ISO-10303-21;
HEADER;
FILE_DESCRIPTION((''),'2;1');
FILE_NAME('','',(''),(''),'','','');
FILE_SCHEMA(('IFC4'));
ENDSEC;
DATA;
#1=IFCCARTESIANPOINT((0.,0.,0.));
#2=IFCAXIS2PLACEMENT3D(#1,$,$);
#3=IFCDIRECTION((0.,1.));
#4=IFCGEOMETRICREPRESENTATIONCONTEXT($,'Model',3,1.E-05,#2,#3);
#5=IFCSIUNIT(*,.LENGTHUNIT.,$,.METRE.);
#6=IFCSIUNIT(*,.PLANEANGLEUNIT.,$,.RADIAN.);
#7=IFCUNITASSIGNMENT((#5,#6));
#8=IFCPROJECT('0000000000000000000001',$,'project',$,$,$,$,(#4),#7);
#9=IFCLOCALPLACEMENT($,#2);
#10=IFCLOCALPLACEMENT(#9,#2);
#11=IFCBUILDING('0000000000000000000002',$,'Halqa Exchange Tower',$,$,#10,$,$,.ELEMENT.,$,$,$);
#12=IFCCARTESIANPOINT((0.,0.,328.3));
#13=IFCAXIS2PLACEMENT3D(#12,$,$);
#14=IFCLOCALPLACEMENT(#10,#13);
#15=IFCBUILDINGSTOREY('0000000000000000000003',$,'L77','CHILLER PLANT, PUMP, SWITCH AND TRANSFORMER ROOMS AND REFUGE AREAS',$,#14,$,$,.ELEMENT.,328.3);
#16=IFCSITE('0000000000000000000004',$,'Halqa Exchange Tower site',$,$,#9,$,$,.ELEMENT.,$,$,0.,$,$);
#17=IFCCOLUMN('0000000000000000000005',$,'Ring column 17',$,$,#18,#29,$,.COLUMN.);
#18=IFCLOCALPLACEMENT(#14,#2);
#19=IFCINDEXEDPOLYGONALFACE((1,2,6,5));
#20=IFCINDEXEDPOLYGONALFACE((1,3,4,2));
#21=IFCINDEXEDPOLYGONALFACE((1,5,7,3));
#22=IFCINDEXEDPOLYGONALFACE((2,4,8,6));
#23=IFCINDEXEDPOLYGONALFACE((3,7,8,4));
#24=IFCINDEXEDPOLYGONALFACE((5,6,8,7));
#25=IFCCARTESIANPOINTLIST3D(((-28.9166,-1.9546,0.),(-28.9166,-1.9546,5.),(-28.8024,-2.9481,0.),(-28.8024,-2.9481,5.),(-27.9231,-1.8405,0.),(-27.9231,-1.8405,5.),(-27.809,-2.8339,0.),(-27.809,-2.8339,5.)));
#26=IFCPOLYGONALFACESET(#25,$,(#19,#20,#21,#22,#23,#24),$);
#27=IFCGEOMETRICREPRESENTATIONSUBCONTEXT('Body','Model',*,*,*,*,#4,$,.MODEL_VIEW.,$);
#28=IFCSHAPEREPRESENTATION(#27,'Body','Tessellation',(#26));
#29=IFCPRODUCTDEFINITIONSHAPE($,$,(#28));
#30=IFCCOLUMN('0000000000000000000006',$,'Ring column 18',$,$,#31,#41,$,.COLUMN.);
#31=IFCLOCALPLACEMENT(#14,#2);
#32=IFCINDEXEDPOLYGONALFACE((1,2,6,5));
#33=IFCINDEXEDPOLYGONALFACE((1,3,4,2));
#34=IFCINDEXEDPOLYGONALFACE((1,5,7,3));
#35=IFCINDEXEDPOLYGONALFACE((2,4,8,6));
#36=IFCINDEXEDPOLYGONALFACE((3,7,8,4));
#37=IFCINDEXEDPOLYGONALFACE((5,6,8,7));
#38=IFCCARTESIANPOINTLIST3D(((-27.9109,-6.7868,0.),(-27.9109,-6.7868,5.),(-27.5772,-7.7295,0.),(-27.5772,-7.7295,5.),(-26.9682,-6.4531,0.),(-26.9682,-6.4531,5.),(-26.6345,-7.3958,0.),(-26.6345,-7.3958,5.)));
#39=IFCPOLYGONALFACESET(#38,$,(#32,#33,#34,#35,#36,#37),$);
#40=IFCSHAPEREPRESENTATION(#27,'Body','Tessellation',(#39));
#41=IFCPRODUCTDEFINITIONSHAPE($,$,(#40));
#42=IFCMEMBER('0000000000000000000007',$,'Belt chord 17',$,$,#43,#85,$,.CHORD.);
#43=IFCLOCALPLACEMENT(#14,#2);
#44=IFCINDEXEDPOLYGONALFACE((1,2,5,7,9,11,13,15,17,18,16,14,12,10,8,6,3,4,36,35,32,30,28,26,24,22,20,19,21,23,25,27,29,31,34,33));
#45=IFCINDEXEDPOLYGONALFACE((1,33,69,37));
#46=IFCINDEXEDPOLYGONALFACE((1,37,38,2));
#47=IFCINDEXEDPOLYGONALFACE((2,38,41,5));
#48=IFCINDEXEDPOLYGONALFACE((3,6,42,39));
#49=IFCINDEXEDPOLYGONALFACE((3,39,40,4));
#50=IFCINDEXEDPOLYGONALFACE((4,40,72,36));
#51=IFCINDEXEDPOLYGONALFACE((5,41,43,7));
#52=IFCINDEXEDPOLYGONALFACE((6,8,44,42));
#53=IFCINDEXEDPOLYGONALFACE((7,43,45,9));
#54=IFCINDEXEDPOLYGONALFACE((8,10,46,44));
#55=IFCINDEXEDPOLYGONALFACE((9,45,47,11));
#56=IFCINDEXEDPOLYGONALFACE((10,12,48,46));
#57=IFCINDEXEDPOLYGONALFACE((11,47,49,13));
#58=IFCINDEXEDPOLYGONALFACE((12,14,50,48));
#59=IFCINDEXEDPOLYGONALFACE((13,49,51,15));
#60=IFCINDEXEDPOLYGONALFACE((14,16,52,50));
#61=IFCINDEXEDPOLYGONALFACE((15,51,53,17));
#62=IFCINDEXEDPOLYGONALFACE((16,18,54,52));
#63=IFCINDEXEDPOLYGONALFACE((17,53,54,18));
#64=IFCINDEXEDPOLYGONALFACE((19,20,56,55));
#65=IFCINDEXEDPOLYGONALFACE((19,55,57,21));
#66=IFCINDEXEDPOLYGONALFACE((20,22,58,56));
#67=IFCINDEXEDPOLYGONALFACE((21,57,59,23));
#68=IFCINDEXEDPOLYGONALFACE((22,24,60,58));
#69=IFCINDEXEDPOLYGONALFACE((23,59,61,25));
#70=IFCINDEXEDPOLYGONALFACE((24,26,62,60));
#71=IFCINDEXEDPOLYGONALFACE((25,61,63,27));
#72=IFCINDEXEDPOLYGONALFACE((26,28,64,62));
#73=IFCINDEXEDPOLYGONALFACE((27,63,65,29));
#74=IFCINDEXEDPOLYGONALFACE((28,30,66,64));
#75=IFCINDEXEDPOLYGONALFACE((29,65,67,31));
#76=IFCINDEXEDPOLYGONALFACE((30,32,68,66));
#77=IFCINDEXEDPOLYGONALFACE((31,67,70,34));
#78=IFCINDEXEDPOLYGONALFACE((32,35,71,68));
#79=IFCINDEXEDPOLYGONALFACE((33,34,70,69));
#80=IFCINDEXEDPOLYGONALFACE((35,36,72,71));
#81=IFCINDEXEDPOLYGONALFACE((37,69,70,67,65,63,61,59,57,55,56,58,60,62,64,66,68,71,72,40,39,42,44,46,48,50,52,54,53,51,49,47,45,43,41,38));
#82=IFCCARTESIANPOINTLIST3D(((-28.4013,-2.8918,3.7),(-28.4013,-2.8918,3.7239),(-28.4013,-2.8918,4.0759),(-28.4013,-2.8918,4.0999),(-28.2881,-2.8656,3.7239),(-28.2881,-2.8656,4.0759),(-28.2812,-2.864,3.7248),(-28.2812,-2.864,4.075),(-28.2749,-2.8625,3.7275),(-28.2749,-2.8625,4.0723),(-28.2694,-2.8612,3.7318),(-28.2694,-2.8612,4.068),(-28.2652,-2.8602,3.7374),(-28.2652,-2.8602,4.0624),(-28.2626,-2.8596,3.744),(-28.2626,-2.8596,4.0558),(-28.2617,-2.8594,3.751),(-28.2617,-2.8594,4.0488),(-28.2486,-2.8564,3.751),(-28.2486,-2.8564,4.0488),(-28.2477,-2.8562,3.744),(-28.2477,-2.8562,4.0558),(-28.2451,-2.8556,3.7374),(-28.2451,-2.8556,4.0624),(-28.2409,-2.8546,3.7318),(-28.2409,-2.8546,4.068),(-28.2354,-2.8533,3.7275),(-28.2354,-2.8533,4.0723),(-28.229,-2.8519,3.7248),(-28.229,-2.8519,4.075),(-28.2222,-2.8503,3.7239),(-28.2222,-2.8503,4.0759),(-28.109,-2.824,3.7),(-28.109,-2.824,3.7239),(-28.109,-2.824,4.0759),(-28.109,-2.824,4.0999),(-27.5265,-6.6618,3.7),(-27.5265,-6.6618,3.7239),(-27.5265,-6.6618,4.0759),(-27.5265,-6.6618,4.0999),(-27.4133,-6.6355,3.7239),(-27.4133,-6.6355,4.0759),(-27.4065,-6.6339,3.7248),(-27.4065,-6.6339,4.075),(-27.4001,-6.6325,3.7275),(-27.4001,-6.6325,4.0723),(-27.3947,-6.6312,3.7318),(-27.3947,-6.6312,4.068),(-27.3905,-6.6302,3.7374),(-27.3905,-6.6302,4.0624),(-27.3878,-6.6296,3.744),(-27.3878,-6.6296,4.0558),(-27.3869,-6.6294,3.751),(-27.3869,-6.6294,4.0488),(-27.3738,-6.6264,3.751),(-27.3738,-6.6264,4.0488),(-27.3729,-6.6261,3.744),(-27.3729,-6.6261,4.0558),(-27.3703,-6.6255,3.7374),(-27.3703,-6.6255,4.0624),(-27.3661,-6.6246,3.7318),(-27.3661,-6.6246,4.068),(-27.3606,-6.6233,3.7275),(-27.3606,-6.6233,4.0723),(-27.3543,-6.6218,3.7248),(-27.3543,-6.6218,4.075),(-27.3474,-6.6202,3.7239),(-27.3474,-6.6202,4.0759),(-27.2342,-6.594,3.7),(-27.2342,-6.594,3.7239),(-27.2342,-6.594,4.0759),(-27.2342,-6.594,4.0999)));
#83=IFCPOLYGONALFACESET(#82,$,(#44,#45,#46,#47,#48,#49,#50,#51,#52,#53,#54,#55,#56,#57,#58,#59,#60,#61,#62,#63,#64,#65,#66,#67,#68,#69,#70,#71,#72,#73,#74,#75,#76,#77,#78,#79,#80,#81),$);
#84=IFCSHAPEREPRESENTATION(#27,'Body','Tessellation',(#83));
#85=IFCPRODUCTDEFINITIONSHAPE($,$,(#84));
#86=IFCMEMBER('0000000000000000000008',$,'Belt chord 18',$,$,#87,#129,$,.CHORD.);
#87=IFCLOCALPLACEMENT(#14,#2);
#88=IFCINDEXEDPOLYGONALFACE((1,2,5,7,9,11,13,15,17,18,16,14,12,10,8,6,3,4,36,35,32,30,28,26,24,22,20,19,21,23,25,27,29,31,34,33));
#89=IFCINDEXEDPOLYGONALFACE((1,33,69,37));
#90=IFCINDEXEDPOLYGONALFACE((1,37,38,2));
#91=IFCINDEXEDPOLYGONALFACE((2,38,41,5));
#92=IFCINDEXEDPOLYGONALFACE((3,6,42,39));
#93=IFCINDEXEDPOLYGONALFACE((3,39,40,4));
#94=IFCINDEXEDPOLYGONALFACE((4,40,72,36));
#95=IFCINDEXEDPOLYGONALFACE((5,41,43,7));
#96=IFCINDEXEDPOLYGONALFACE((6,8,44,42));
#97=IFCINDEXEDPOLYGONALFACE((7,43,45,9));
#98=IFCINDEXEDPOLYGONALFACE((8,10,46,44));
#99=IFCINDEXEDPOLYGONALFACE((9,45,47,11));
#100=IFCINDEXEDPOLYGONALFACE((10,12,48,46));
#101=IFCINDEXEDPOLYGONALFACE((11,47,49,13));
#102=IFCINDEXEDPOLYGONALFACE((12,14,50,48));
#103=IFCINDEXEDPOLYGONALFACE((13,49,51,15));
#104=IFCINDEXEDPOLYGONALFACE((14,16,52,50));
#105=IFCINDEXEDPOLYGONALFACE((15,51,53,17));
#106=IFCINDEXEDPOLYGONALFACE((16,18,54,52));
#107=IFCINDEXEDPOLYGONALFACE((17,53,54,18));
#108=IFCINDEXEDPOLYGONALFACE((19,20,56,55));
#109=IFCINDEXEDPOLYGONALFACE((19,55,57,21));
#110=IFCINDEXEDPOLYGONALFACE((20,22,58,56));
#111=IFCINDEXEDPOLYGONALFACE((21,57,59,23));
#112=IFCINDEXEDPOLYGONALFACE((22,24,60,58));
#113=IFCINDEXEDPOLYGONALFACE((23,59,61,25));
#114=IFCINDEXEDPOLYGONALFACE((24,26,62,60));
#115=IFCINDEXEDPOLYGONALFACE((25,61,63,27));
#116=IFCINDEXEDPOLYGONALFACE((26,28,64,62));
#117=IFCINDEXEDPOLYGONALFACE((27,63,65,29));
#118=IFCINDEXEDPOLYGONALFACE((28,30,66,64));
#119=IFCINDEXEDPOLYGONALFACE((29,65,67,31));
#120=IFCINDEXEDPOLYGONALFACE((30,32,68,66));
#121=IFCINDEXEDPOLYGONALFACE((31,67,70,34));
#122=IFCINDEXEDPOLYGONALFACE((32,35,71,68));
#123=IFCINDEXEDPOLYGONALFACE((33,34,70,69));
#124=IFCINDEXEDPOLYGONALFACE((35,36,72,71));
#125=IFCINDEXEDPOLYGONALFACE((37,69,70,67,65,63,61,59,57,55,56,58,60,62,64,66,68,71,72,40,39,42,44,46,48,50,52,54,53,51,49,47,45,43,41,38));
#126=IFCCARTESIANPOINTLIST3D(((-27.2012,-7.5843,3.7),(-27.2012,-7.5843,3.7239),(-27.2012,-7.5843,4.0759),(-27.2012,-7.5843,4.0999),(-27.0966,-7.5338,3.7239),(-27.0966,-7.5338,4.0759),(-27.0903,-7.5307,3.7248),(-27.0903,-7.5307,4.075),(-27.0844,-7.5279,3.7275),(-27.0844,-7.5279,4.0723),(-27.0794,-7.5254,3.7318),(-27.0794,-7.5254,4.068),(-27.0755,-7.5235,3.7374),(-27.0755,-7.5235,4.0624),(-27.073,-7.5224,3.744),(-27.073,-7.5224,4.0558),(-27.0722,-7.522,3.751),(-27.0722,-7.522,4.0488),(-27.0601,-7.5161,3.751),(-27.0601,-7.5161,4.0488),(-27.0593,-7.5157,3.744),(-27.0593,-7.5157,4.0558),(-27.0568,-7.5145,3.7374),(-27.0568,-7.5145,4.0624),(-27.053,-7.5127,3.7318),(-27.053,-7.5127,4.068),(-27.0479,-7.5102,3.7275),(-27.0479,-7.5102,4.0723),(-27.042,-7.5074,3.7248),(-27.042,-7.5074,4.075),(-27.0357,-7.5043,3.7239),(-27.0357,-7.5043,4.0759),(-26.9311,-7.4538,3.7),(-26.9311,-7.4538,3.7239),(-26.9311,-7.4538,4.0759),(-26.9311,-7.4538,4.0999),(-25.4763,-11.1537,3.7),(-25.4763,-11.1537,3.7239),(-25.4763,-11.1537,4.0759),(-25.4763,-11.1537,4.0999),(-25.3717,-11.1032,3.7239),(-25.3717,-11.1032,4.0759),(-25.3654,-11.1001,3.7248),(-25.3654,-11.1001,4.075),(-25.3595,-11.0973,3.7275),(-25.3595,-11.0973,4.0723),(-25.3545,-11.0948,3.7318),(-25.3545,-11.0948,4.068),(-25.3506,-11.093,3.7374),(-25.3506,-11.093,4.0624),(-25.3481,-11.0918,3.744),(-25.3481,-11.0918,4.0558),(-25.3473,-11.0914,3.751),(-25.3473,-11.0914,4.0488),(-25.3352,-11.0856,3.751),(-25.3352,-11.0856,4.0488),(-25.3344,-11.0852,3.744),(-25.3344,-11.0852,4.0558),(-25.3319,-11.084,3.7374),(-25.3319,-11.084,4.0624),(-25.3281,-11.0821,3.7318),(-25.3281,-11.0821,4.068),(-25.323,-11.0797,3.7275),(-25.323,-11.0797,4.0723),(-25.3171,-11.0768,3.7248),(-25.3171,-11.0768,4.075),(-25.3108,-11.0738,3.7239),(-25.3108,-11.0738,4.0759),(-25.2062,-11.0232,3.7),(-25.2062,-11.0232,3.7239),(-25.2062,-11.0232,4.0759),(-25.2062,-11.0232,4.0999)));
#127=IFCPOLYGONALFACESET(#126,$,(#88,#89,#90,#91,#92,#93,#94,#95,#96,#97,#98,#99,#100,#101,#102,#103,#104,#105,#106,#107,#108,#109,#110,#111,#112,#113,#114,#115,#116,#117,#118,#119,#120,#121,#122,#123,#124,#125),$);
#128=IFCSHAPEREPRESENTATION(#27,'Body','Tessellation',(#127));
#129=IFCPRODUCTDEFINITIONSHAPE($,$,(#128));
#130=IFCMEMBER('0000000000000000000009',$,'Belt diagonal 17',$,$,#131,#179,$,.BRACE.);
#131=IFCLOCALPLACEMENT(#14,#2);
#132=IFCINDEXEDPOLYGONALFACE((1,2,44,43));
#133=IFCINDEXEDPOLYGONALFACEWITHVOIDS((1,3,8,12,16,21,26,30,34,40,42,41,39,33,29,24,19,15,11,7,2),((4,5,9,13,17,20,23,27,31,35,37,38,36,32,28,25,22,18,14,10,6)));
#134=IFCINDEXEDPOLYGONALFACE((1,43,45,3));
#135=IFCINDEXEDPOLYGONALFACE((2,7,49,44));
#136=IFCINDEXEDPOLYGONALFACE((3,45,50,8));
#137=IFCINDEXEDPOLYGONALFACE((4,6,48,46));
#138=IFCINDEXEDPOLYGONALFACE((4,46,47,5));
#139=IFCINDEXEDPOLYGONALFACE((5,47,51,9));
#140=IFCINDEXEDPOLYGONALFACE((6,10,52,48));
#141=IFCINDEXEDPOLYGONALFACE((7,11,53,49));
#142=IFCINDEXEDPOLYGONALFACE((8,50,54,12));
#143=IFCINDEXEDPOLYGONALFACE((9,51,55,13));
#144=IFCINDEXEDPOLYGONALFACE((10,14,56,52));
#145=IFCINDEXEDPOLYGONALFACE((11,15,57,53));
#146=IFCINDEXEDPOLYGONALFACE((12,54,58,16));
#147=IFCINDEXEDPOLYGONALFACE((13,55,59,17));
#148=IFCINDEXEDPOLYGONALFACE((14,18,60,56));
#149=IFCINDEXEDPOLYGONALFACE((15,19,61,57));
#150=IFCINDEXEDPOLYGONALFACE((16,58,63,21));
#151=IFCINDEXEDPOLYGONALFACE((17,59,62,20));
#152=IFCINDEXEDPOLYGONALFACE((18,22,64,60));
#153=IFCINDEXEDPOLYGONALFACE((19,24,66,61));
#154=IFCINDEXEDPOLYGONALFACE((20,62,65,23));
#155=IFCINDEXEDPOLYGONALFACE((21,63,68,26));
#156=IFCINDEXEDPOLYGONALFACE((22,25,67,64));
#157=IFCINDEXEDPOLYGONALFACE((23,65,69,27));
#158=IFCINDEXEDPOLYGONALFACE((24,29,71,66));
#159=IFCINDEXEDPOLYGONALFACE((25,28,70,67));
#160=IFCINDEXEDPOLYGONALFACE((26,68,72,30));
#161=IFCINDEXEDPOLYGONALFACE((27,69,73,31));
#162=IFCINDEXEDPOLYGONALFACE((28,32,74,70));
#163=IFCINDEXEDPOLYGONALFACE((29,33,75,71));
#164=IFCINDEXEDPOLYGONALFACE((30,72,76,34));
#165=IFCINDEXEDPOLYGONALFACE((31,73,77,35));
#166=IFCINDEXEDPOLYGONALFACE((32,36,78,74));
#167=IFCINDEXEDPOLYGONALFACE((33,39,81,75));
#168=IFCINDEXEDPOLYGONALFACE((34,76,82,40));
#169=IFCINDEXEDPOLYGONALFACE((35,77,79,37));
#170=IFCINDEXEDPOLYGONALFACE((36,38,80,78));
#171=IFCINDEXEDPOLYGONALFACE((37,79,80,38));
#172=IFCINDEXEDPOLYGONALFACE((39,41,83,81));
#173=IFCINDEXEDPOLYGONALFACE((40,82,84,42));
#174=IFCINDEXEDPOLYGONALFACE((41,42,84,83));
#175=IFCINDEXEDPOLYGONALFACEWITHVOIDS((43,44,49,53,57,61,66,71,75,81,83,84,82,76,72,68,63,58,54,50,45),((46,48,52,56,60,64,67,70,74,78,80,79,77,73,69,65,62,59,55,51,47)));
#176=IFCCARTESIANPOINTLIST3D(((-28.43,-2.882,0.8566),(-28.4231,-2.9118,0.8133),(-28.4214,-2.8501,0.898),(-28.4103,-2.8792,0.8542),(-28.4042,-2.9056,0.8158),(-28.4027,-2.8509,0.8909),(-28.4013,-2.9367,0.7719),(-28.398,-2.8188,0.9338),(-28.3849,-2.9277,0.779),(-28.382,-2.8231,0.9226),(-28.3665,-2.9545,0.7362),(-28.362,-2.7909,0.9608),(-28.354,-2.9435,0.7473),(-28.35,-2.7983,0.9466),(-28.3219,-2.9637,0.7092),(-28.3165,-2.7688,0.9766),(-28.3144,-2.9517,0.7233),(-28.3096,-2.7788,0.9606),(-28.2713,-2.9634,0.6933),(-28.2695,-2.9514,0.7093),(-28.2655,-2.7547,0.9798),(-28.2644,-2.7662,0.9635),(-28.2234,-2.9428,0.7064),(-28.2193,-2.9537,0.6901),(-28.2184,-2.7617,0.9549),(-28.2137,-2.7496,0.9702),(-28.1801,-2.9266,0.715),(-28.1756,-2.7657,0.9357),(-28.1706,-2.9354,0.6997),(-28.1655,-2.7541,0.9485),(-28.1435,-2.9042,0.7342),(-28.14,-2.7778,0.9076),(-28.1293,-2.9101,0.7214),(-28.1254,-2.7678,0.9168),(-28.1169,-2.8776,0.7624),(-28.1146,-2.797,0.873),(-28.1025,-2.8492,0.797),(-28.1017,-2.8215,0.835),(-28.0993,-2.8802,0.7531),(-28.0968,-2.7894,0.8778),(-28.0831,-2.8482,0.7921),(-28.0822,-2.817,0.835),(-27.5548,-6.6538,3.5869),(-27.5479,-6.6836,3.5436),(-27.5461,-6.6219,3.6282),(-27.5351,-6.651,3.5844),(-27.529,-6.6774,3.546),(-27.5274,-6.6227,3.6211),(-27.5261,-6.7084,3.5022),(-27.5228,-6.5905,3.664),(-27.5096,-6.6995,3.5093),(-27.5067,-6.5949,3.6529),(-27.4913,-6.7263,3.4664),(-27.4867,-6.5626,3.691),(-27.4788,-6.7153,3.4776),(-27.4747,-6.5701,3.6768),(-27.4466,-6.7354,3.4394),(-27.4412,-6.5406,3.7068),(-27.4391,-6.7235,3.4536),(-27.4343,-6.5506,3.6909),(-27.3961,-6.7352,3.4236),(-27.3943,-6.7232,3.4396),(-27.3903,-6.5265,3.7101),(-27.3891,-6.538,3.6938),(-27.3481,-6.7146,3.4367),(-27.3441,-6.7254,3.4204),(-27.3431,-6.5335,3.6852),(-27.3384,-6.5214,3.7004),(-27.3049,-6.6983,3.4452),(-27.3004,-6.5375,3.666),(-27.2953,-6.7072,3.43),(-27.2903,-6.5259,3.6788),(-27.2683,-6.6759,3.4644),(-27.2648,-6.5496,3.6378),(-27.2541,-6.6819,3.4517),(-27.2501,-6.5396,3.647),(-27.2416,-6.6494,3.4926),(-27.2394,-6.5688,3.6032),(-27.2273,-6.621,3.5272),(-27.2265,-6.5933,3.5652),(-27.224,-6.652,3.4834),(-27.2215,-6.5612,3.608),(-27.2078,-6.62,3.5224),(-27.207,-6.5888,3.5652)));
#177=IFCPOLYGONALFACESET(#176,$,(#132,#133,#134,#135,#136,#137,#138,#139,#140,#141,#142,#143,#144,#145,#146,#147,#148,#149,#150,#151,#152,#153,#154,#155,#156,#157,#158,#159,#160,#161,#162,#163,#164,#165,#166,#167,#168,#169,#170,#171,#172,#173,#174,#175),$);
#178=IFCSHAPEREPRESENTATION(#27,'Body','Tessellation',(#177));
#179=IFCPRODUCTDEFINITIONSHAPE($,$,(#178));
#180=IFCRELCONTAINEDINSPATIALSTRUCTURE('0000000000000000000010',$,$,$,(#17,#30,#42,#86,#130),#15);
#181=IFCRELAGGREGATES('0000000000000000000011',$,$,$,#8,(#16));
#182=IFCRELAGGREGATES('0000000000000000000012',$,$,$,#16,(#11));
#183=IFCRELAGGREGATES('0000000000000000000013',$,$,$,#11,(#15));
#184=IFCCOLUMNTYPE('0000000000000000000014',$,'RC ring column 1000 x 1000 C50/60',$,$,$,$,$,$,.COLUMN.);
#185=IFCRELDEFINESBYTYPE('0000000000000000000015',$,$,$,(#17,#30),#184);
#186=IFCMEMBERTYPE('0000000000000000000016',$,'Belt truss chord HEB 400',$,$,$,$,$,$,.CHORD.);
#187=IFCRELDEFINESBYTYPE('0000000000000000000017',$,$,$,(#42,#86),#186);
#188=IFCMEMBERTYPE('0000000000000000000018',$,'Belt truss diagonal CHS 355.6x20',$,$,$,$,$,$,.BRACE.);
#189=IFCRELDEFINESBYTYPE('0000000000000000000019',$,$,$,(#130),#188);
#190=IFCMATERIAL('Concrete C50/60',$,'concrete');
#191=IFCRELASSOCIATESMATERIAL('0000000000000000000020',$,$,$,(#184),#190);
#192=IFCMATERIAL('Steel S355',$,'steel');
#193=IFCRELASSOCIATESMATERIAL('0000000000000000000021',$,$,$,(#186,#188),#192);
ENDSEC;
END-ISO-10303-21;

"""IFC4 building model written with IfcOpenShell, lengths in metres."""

from ifc_helpers import new_model, si_unit, direction, frame, origin, origin_2d, place, context, subcontext, project, spatial, rectangle, hollow_circle, i_section, extrude, material, material_profile, profile_set, type_object, element, save


model = new_model("IFC4")

# Units and contexts
model_context = context("Model", 3, precision=1e-05, world=origin(), true_north=direction((0.0, 1.0)))
body_context = subcontext(model_context, "Body", "Model", "MODEL_VIEW")
ifc_project = project(units=[si_unit("LENGTHUNIT", "METRE"), si_unit("PLANEANGLEUNIT", "RADIAN")], contexts=[model_context])

# Site, building, storey
site_placement = place(None, origin())
site = spatial("IfcSite", under=ifc_project, at=site_placement, Name="Halqa Exchange Tower site", CompositionType="ELEMENT", RefElevation=0.0)
building_placement = place(site_placement, origin())
building = spatial("IfcBuilding", under=site, at=building_placement, Name="Halqa Exchange Tower", CompositionType="ELEMENT")
storey_placement = place(building_placement, frame((0.0, 0.0, 328.3)))
storey = spatial("IfcBuildingStorey", under=building, at=storey_placement, Name="L77", Description="CHILLER PLANT, PUMP, SWITCH AND TRANSFORMER ROOMS AND REFUGE AREAS", CompositionType="ELEMENT", Elevation=328.3)

# Columns
ifc_material_1 = material(Name="Concrete C50/60", Category="concrete")
ifc_material_profile_1 = material_profile(ifc_material_1, rectangle(XDim=1.0, YDim=1.0, at=origin_2d()), Name="1000 x 1000")
ifc_profile_set_1 = profile_set([ifc_material_profile_1], Name="Concrete C50/60")
column_type = type_object("IfcColumnType", Name="RC ring column 1000 x 1000 C50/60", PredefinedType="COLUMN", material=ifc_profile_set_1)
for number, where, z_axis, x_axis, name in (
    (1, (-28.3628, -2.3943, 0.0), (0.0, 0.0, 1.0), (0.11416, -0.993462, 0.0), "Ring column 17"),
    (2, (-27.2727, -7.0913, 0.0), (0.0, 0.0, 1.0), (0.333624, -0.942706, 0.0), "Ring column 18"),
):
    element("IfcColumn", number, at=place(storey_placement, frame(where, z_axis=z_axis, x_axis=x_axis)), inside=storey, type_object=column_type, Name=name, PredefinedType="COLUMN", context=body_context, shape_type="SweptSolid", body=[
        extrude(rectangle(XDim=1.0, YDim=1.0, at=origin_2d()), origin(), (0.0, 0.0, 1.0), 5.0),
    ])

# Members
ifc_material_2 = material(Name="Steel S355", Category="steel")
ifc_material_profile_2 = material_profile(ifc_material_2, i_section(OverallWidth=0.3, OverallDepth=0.3999, WebThickness=0.0134, FlangeThickness=0.0239, FilletRadius=0.0271, at=origin_2d()), Name="HEB 400")
ifc_profile_set_2 = profile_set([ifc_material_profile_2], Name="Steel S355")
member_type_1 = type_object("IfcMemberType", Name="Belt truss chord HEB 400", PredefinedType="CHORD", material=ifc_profile_set_2)
member_1_placement = place(storey_placement, frame((-28.2551, -2.8579, 3.8999), z_axis=(0.226025, -0.974122, 0.0), x_axis=(0.974122, 0.226025, 0.0)))
element("IfcMember", 3, at=member_1_placement, inside=storey, type_object=member_type_1, Name="Belt chord 17", PredefinedType="CHORD", context=body_context, shape_type="SweptSolid", body=[
    extrude(i_section(OverallWidth=0.3, OverallDepth=0.3999, WebThickness=0.0134, FlangeThickness=0.0239, FilletRadius=0.0271, at=origin_2d()), origin(), (0.0, 0.0, 1.0), 3.8701),
])
member_2_placement = place(storey_placement, frame((-27.0662, -7.519, 3.8999), z_axis=(0.435102, -0.900381, 0.0), x_axis=(0.900381, 0.435102, 0.0)))
element("IfcMember", 4, at=member_2_placement, inside=storey, type_object=member_type_1, Name="Belt chord 18", PredefinedType="CHORD", context=body_context, shape_type="SweptSolid", body=[
    extrude(i_section(OverallWidth=0.3, OverallDepth=0.3999, WebThickness=0.0134, FlangeThickness=0.0239, FilletRadius=0.0271, at=origin_2d()), origin(), (0.0, 0.0, 1.0), 3.9644),
])
ifc_material_profile_3 = material_profile(ifc_material_2, hollow_circle(Radius=0.1777, WallThickness=0.02, at=origin_2d()), Name="CHS 355.6x20")
ifc_profile_set_3 = profile_set([ifc_material_profile_3], Name="Steel S355")
member_type_2 = type_object("IfcMemberType", Name="Belt truss diagonal CHS 355.6x20", PredefinedType="BRACE", material=ifc_profile_set_3)
member_3_placement = place(storey_placement, frame((-28.2554, -2.8572, 0.835), z_axis=(0.184739, -0.796104, 0.576272), x_axis=(0.974116, 0.226047, 0.0)))
element("IfcMember", 5, at=member_3_placement, inside=storey, type_object=member_type_2, Name="Belt diagonal 17", PredefinedType="BRACE", context=body_context, shape_type="SweptSolid", body=[
    extrude(hollow_circle(Radius=0.1777, WallThickness=0.02, at=origin_2d()), origin(), (0.0, 0.0, 1.0), 4.7378),
])

save(model, "model.ifc")
